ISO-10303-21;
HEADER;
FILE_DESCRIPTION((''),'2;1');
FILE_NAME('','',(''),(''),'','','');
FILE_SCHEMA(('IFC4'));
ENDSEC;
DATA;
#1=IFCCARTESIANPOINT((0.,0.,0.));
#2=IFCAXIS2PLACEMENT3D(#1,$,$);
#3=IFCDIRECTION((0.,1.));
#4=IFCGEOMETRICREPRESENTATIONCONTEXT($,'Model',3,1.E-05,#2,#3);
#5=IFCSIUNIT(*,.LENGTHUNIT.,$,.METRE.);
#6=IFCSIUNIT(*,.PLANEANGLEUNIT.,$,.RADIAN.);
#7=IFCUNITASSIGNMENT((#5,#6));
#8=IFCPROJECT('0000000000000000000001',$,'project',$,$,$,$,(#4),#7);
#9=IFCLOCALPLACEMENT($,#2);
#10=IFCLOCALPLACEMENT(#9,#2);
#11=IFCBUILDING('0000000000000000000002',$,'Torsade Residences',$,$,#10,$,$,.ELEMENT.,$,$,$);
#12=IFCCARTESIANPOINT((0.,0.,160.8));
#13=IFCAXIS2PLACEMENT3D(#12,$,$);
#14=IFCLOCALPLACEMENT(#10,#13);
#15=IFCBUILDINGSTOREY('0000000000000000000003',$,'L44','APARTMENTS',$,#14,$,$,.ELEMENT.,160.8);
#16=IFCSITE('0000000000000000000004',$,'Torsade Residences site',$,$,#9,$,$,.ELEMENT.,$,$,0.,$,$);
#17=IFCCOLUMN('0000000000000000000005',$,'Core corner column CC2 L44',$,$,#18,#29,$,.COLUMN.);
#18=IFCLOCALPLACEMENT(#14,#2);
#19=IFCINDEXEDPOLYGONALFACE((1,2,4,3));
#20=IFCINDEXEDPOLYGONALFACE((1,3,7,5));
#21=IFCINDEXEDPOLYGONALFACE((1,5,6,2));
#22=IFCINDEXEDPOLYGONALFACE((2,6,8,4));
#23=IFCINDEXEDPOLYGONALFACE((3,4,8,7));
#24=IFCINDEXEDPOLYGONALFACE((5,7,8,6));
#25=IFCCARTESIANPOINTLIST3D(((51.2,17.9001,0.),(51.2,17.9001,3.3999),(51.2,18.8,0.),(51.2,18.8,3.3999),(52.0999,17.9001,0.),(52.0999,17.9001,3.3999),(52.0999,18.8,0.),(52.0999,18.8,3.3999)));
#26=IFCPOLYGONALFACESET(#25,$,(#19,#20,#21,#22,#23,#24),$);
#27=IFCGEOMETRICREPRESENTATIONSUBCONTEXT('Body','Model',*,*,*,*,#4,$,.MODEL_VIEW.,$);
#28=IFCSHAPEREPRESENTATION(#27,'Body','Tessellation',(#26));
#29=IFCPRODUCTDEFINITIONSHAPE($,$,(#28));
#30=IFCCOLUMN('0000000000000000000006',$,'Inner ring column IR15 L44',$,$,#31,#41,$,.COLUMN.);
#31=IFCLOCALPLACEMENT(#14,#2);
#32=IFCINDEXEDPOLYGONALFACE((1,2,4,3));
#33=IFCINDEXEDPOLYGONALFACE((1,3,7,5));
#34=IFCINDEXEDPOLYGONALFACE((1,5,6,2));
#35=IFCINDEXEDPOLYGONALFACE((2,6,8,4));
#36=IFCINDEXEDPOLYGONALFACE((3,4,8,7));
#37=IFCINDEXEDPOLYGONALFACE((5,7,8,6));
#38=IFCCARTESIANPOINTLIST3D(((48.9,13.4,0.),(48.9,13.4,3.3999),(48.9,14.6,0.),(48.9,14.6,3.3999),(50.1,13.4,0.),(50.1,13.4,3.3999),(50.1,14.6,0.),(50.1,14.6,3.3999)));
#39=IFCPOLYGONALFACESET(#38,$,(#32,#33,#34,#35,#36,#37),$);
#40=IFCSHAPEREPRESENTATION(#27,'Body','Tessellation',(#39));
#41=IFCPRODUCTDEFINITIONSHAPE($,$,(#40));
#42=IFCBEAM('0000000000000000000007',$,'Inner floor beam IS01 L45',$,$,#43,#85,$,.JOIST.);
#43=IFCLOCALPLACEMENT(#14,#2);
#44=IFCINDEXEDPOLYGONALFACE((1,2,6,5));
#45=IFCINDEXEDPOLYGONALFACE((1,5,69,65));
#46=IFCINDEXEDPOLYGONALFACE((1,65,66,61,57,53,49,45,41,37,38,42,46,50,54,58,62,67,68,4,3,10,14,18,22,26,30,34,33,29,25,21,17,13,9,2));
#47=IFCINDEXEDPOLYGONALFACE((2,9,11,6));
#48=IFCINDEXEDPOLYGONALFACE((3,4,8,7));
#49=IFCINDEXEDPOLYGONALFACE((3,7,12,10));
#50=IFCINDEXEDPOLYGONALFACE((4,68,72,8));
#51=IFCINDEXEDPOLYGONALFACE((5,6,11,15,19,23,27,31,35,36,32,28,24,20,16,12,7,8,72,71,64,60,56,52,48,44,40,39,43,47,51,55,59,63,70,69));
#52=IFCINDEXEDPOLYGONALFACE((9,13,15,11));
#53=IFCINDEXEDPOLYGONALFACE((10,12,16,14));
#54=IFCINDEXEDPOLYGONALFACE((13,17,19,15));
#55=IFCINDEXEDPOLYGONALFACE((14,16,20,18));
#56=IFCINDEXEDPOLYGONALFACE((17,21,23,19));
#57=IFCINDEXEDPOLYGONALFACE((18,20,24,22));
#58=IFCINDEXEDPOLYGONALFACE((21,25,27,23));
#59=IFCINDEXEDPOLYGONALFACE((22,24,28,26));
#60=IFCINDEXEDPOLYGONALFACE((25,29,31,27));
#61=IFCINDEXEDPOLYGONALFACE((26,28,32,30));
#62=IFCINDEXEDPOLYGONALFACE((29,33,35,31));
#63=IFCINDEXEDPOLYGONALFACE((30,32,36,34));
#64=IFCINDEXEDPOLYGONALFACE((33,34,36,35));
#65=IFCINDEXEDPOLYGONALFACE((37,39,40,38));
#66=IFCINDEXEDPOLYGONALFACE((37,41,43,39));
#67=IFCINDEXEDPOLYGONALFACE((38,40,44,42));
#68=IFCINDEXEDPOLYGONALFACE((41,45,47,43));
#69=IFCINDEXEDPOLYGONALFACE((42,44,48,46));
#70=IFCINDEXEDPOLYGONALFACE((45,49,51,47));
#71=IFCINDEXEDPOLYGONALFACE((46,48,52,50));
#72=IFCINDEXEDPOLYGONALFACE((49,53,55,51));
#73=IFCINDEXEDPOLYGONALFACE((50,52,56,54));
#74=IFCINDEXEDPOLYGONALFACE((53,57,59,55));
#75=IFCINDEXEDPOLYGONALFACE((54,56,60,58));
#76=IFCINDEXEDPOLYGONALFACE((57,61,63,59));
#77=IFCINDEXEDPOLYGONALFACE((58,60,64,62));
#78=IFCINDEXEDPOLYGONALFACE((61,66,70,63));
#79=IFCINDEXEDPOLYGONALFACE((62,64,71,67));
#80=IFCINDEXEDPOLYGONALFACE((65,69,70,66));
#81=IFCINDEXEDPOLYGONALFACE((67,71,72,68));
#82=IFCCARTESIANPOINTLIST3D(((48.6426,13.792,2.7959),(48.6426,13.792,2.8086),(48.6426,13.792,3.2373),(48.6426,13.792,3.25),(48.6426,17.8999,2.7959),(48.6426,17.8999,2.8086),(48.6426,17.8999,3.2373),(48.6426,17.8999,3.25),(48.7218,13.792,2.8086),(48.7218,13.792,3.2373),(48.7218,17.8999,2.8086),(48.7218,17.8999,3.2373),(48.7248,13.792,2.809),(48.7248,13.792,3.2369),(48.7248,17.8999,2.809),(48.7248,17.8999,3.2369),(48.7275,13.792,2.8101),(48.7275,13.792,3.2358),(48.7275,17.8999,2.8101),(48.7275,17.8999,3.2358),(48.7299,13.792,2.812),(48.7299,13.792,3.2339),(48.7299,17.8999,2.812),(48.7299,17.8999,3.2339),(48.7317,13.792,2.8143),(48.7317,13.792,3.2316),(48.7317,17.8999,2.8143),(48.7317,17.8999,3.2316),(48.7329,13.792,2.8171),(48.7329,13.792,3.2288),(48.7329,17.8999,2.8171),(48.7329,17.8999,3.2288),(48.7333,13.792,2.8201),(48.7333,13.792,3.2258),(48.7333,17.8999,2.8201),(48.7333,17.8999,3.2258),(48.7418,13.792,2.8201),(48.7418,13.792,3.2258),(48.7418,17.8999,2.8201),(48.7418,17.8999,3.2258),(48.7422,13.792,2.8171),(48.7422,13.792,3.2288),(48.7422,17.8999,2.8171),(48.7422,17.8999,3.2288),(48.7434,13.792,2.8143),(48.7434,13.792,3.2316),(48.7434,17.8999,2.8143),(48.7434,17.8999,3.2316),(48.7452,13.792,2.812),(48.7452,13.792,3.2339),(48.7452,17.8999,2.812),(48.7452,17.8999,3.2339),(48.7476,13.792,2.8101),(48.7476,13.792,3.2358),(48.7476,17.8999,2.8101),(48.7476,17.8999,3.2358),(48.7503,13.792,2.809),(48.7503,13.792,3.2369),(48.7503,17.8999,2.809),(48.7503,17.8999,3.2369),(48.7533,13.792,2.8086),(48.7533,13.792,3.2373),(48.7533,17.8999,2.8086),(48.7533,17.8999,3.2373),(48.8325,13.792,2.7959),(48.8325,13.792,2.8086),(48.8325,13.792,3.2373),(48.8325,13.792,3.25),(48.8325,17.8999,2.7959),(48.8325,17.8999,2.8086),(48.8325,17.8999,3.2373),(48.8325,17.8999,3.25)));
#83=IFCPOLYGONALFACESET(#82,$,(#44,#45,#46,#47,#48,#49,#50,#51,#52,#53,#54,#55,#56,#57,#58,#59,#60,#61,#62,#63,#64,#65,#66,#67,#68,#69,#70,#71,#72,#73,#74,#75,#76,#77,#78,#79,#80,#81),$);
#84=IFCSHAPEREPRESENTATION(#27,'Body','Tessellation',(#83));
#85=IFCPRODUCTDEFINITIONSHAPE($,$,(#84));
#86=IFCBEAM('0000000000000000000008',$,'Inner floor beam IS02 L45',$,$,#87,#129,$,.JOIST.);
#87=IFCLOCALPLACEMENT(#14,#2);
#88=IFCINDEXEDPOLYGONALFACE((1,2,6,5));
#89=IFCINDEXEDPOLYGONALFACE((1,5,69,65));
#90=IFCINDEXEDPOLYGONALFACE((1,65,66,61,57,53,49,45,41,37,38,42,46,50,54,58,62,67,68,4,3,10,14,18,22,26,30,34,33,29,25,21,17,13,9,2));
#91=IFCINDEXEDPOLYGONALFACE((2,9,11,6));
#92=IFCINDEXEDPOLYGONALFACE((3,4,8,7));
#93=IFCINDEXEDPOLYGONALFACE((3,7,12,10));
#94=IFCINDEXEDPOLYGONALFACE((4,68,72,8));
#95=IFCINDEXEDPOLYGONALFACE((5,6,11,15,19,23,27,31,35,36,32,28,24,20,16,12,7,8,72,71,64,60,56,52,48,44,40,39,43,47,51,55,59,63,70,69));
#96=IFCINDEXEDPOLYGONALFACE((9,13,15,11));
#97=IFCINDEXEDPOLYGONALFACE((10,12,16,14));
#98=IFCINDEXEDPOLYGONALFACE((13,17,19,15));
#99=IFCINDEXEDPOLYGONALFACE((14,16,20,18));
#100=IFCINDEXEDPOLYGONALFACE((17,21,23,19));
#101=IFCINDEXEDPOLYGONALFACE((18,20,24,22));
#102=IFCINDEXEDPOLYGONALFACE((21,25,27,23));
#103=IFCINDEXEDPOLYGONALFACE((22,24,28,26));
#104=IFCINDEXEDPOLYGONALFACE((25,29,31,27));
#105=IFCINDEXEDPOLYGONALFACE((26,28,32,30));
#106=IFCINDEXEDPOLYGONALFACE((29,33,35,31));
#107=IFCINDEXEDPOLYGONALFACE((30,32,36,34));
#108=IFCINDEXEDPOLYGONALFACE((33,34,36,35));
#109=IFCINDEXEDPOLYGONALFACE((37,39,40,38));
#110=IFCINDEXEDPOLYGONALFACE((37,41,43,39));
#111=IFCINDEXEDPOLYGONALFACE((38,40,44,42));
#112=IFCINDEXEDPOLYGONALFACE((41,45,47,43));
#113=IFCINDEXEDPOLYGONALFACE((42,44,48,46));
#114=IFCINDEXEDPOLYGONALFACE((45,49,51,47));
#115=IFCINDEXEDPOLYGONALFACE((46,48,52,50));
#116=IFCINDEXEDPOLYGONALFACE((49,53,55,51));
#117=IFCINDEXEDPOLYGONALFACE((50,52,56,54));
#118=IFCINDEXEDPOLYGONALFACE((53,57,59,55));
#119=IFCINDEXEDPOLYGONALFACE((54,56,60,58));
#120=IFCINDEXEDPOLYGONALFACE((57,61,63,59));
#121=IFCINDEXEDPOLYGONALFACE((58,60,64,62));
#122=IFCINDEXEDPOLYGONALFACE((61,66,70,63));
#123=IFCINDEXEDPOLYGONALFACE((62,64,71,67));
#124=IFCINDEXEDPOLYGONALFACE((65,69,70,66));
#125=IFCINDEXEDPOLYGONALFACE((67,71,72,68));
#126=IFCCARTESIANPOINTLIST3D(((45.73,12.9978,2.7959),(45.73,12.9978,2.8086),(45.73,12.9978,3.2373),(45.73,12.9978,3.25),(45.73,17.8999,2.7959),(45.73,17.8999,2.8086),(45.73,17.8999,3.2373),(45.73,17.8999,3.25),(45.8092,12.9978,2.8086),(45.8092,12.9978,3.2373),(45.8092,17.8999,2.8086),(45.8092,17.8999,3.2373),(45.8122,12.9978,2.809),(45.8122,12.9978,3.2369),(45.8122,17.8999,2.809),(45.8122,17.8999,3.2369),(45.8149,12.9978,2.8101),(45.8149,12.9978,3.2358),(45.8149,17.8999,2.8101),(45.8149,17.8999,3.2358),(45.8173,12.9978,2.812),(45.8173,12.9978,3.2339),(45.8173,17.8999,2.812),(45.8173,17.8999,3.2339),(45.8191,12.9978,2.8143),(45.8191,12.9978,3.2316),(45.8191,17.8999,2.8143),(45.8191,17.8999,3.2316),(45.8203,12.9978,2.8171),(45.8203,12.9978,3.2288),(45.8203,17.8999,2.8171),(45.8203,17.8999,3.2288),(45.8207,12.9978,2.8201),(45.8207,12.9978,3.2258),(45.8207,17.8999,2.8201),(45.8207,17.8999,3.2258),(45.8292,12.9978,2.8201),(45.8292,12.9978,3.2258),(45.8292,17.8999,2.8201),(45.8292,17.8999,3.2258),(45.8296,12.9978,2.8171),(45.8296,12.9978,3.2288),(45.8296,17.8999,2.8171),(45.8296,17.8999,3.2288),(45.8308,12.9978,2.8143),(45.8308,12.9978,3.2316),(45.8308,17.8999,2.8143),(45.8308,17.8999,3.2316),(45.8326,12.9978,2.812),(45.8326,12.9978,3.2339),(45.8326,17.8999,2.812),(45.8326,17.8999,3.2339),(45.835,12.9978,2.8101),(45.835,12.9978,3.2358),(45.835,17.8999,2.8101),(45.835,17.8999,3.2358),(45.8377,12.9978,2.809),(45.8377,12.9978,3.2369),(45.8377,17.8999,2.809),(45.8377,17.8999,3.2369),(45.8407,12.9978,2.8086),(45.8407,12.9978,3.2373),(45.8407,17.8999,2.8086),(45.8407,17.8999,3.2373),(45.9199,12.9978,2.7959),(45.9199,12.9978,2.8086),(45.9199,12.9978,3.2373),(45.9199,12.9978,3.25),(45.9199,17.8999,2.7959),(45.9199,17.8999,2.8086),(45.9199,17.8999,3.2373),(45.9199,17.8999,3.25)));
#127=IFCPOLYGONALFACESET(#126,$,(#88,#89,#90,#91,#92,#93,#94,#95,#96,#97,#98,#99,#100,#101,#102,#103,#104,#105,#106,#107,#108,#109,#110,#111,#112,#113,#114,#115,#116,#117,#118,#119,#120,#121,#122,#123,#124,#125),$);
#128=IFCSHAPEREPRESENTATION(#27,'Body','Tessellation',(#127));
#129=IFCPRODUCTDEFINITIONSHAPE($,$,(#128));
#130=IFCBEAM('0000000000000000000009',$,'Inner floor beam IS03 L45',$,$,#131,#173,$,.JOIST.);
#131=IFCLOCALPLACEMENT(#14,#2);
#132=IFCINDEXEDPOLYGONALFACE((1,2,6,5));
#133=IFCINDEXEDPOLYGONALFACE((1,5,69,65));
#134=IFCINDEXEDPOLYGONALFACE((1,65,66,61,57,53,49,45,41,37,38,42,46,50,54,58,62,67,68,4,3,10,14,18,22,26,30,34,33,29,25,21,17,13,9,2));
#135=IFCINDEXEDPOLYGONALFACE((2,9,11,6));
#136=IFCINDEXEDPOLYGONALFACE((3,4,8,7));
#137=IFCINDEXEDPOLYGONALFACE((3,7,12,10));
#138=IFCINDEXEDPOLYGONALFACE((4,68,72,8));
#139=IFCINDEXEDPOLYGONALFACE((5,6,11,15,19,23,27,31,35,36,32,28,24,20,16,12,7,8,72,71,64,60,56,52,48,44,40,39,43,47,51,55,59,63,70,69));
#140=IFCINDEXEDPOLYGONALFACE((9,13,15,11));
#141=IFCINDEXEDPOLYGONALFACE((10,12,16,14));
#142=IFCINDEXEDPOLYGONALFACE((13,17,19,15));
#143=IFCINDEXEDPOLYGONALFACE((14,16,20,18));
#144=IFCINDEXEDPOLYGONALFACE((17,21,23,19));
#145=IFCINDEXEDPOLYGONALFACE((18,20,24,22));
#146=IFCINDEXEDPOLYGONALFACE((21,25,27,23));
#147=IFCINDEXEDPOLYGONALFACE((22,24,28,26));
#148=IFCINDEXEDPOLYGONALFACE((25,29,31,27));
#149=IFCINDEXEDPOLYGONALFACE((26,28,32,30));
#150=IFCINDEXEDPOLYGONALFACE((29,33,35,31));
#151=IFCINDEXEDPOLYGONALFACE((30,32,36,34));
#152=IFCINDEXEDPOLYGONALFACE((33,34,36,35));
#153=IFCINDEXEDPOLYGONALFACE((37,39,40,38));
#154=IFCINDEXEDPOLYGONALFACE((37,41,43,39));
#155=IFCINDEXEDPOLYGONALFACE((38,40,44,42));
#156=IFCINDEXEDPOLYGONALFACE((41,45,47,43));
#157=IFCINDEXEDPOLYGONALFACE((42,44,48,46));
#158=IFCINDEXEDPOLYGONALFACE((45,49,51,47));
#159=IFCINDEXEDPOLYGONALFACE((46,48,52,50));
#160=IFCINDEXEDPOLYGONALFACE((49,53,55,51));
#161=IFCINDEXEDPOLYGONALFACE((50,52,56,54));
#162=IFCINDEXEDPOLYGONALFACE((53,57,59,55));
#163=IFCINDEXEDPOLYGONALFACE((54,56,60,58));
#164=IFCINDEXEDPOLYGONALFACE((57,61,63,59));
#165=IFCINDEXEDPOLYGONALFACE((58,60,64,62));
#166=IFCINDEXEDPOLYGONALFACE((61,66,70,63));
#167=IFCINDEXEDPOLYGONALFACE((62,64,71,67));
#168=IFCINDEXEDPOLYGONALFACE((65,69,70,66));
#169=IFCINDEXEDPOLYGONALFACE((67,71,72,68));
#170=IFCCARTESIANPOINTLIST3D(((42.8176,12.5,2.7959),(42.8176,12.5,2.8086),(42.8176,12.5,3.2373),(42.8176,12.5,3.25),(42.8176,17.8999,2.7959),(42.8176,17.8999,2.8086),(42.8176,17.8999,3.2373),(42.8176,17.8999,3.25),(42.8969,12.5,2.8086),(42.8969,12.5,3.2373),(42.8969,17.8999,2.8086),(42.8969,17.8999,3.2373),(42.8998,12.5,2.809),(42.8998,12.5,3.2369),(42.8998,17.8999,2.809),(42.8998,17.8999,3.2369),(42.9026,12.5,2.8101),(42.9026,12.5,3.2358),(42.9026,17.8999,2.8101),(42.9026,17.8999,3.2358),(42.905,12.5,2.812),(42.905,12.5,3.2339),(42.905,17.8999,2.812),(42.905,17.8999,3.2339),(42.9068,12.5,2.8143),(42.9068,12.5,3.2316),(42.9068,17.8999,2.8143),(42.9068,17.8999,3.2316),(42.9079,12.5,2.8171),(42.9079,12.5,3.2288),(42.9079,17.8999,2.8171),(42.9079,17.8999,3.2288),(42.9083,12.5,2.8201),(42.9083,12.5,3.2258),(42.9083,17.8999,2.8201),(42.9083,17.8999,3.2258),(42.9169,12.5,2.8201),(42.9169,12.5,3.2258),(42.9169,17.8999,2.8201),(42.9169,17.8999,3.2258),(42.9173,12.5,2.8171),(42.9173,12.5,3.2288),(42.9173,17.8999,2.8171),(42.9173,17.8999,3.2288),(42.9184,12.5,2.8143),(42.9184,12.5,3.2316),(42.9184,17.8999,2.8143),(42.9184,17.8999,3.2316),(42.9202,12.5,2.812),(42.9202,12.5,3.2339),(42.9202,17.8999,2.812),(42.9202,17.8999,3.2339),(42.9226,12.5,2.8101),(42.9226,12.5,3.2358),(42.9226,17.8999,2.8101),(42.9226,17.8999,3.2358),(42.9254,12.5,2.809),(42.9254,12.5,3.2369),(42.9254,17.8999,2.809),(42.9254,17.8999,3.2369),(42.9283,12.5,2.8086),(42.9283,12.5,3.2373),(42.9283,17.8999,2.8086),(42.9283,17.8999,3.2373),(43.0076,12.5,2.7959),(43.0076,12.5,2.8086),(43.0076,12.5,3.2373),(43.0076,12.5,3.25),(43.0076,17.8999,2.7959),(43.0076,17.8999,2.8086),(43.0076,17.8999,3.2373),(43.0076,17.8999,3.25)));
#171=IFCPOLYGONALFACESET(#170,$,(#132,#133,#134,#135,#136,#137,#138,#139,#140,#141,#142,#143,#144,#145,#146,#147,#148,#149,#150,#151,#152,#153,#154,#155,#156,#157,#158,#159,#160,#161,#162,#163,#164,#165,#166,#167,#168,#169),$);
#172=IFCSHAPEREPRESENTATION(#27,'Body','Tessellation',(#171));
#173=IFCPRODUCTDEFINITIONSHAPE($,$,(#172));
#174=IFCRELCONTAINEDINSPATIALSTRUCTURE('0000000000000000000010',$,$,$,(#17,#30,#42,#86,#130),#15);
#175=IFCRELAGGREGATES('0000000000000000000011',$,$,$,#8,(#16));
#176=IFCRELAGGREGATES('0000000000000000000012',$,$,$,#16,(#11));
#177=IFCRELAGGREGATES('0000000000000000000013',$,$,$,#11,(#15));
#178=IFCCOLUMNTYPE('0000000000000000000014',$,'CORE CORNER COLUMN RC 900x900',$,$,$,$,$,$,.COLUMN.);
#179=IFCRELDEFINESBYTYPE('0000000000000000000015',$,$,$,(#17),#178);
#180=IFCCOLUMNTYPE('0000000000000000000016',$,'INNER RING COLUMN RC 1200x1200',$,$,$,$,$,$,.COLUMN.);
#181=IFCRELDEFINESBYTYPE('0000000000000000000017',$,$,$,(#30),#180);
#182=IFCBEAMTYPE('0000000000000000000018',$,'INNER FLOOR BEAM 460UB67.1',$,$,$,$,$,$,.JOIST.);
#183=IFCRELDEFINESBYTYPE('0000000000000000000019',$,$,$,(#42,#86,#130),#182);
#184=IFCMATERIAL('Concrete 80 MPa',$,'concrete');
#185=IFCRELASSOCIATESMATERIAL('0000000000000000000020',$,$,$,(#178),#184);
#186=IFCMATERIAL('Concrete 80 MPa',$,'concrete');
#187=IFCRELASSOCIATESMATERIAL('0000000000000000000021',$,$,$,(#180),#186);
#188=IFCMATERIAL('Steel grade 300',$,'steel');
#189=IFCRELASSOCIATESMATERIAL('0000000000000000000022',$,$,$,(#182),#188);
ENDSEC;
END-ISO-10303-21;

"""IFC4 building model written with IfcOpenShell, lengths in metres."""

from ifc_helpers import new_model, si_unit, direction, frame, origin, origin_2d, place, context, subcontext, project, spatial, rectangle, i_section, extrude, material, material_profile, profile_set, type_object, element, save


model = new_model("IFC4")

# Units and contexts
model_context = context("Model", 3, precision=1e-05, world=origin(), true_north=direction((0.0, 1.0)))
body_context = subcontext(model_context, "Body", "Model", "MODEL_VIEW")
ifc_project = project(units=[si_unit("LENGTHUNIT", "METRE"), si_unit("PLANEANGLEUNIT", "RADIAN")], contexts=[model_context])

# Site, building, storey
site_placement = place(None, origin())
site = spatial("IfcSite", under=ifc_project, at=site_placement, Name="Torsade Residences site", CompositionType="ELEMENT", RefElevation=0.0)
building_placement = place(site_placement, origin())
building = spatial("IfcBuilding", under=site, at=building_placement, Name="Torsade Residences", CompositionType="ELEMENT")
storey_placement = place(building_placement, frame((0.0, 0.0, 160.8)))
storey = spatial("IfcBuildingStorey", under=building, at=storey_placement, Name="L44", Description="APARTMENTS", CompositionType="ELEMENT", Elevation=160.8)

# Columns
ifc_material_1 = material(Name="Concrete 80 MPa", Category="concrete")
ifc_material_profile_1 = material_profile(ifc_material_1, rectangle(XDim=0.8999, YDim=0.8999, at=origin_2d()), Name="RC 900x900")
ifc_profile_set_1 = profile_set([ifc_material_profile_1], Name="Concrete 80 MPa")
column_type_1 = type_object("IfcColumnType", Name="CORE CORNER COLUMN RC 900x900", PredefinedType="COLUMN", material=ifc_profile_set_1)
column_1_placement = place(storey_placement, frame((51.6499, 18.3501, 0.0), z_axis=(0.0, 0.0, 1.0), x_axis=(1.0, 0.0, 0.0)))
element("IfcColumn", 1, at=column_1_placement, inside=storey, type_object=column_type_1, Name="Core corner column CC2 L44", PredefinedType="COLUMN", context=body_context, shape_type="SweptSolid", body=[
    extrude(rectangle(XDim=0.8999, YDim=0.8999, at=origin_2d()), origin(), (0.0, 0.0, 1.0), 3.3999),
])
ifc_material_2 = material(Name="Concrete 80 MPa", Category="concrete")
ifc_material_profile_2 = material_profile(ifc_material_2, rectangle(XDim=1.2, YDim=1.2, at=origin_2d()), Name="RC 1200x1200")
ifc_profile_set_2 = profile_set([ifc_material_profile_2], Name="Concrete 80 MPa")
column_type_2 = type_object("IfcColumnType", Name="INNER RING COLUMN RC 1200x1200", PredefinedType="COLUMN", material=ifc_profile_set_2)
column_2_placement = place(storey_placement, frame((49.5, 14.0, 0.0), z_axis=(0.0, 0.0, 1.0), x_axis=(1.0, 0.0, 0.0)))
element("IfcColumn", 2, at=column_2_placement, inside=storey, type_object=column_type_2, Name="Inner ring column IR15 L44", PredefinedType="COLUMN", context=body_context, shape_type="SweptSolid", body=[
    extrude(rectangle(XDim=1.2, YDim=1.2, at=origin_2d()), origin(), (0.0, 0.0, 1.0), 3.3999),
])

# Beams
ifc_material_3 = material(Name="Steel grade 300", Category="steel")
ifc_material_profile_3 = material_profile(ifc_material_3, i_section(OverallWidth=0.1899, OverallDepth=0.4541, WebThickness=0.0085, FlangeThickness=0.0127, FilletRadius=0.0115, at=origin_2d()), Name="460UB67.1")
ifc_profile_set_3 = profile_set([ifc_material_profile_3], Name="Steel grade 300")
beam_type_1 = type_object("IfcBeamType", Name="INNER FLOOR BEAM 460UB67.1", PredefinedType="JOIST", material=ifc_profile_set_3)
beam_1_placement = place(storey_placement, frame((48.7375, 17.8999, 3.0229), z_axis=(0.0, -1.0, 0.0), x_axis=(1.0, 0.0, 0.0)))
element("IfcBeam", 3, at=beam_1_placement, inside=storey, type_object=beam_type_1, Name="Inner floor beam IS01 L45", PredefinedType="JOIST", context=body_context, shape_type="SweptSolid", body=[
    extrude(i_section(OverallWidth=0.1899, OverallDepth=0.4541, WebThickness=0.0085, FlangeThickness=0.0127, FilletRadius=0.0115, at=origin_2d()), origin(), (0.0, 0.0, 1.0), 4.1079),
])
beam_2_placement = place(storey_placement, frame((45.825, 17.8999, 3.0229), z_axis=(0.0, -1.0, 0.0), x_axis=(1.0, 0.0, 0.0)))
element("IfcBeam", 4, at=beam_2_placement, inside=storey, type_object=beam_type_1, Name="Inner floor beam IS02 L45", PredefinedType="JOIST", context=body_context, shape_type="SweptSolid", body=[
    extrude(i_section(OverallWidth=0.1899, OverallDepth=0.4541, WebThickness=0.0085, FlangeThickness=0.0127, FilletRadius=0.0115, at=origin_2d()), origin(), (0.0, 0.0, 1.0), 4.9021),
])
for number, where, z_axis, x_axis, name in (
    (5, (42.9126, 17.8999, 3.0229), (0.0, -1.0, 0.0), (1.0, 0.0, 0.0), "Inner floor beam IS03 L45"),
):
    element("IfcBeam", number, at=place(storey_placement, frame(where, z_axis=z_axis, x_axis=x_axis)), inside=storey, type_object=beam_type_1, Name=name, PredefinedType="JOIST", context=body_context, shape_type="SweptSolid", body=[
        extrude(i_section(OverallWidth=0.1899, OverallDepth=0.4541, WebThickness=0.0085, FlangeThickness=0.0127, FilletRadius=0.0115, at=origin_2d()), origin(), (0.0, 0.0, 1.0), 5.3999),
    ])

save(model, "model.ifc")
